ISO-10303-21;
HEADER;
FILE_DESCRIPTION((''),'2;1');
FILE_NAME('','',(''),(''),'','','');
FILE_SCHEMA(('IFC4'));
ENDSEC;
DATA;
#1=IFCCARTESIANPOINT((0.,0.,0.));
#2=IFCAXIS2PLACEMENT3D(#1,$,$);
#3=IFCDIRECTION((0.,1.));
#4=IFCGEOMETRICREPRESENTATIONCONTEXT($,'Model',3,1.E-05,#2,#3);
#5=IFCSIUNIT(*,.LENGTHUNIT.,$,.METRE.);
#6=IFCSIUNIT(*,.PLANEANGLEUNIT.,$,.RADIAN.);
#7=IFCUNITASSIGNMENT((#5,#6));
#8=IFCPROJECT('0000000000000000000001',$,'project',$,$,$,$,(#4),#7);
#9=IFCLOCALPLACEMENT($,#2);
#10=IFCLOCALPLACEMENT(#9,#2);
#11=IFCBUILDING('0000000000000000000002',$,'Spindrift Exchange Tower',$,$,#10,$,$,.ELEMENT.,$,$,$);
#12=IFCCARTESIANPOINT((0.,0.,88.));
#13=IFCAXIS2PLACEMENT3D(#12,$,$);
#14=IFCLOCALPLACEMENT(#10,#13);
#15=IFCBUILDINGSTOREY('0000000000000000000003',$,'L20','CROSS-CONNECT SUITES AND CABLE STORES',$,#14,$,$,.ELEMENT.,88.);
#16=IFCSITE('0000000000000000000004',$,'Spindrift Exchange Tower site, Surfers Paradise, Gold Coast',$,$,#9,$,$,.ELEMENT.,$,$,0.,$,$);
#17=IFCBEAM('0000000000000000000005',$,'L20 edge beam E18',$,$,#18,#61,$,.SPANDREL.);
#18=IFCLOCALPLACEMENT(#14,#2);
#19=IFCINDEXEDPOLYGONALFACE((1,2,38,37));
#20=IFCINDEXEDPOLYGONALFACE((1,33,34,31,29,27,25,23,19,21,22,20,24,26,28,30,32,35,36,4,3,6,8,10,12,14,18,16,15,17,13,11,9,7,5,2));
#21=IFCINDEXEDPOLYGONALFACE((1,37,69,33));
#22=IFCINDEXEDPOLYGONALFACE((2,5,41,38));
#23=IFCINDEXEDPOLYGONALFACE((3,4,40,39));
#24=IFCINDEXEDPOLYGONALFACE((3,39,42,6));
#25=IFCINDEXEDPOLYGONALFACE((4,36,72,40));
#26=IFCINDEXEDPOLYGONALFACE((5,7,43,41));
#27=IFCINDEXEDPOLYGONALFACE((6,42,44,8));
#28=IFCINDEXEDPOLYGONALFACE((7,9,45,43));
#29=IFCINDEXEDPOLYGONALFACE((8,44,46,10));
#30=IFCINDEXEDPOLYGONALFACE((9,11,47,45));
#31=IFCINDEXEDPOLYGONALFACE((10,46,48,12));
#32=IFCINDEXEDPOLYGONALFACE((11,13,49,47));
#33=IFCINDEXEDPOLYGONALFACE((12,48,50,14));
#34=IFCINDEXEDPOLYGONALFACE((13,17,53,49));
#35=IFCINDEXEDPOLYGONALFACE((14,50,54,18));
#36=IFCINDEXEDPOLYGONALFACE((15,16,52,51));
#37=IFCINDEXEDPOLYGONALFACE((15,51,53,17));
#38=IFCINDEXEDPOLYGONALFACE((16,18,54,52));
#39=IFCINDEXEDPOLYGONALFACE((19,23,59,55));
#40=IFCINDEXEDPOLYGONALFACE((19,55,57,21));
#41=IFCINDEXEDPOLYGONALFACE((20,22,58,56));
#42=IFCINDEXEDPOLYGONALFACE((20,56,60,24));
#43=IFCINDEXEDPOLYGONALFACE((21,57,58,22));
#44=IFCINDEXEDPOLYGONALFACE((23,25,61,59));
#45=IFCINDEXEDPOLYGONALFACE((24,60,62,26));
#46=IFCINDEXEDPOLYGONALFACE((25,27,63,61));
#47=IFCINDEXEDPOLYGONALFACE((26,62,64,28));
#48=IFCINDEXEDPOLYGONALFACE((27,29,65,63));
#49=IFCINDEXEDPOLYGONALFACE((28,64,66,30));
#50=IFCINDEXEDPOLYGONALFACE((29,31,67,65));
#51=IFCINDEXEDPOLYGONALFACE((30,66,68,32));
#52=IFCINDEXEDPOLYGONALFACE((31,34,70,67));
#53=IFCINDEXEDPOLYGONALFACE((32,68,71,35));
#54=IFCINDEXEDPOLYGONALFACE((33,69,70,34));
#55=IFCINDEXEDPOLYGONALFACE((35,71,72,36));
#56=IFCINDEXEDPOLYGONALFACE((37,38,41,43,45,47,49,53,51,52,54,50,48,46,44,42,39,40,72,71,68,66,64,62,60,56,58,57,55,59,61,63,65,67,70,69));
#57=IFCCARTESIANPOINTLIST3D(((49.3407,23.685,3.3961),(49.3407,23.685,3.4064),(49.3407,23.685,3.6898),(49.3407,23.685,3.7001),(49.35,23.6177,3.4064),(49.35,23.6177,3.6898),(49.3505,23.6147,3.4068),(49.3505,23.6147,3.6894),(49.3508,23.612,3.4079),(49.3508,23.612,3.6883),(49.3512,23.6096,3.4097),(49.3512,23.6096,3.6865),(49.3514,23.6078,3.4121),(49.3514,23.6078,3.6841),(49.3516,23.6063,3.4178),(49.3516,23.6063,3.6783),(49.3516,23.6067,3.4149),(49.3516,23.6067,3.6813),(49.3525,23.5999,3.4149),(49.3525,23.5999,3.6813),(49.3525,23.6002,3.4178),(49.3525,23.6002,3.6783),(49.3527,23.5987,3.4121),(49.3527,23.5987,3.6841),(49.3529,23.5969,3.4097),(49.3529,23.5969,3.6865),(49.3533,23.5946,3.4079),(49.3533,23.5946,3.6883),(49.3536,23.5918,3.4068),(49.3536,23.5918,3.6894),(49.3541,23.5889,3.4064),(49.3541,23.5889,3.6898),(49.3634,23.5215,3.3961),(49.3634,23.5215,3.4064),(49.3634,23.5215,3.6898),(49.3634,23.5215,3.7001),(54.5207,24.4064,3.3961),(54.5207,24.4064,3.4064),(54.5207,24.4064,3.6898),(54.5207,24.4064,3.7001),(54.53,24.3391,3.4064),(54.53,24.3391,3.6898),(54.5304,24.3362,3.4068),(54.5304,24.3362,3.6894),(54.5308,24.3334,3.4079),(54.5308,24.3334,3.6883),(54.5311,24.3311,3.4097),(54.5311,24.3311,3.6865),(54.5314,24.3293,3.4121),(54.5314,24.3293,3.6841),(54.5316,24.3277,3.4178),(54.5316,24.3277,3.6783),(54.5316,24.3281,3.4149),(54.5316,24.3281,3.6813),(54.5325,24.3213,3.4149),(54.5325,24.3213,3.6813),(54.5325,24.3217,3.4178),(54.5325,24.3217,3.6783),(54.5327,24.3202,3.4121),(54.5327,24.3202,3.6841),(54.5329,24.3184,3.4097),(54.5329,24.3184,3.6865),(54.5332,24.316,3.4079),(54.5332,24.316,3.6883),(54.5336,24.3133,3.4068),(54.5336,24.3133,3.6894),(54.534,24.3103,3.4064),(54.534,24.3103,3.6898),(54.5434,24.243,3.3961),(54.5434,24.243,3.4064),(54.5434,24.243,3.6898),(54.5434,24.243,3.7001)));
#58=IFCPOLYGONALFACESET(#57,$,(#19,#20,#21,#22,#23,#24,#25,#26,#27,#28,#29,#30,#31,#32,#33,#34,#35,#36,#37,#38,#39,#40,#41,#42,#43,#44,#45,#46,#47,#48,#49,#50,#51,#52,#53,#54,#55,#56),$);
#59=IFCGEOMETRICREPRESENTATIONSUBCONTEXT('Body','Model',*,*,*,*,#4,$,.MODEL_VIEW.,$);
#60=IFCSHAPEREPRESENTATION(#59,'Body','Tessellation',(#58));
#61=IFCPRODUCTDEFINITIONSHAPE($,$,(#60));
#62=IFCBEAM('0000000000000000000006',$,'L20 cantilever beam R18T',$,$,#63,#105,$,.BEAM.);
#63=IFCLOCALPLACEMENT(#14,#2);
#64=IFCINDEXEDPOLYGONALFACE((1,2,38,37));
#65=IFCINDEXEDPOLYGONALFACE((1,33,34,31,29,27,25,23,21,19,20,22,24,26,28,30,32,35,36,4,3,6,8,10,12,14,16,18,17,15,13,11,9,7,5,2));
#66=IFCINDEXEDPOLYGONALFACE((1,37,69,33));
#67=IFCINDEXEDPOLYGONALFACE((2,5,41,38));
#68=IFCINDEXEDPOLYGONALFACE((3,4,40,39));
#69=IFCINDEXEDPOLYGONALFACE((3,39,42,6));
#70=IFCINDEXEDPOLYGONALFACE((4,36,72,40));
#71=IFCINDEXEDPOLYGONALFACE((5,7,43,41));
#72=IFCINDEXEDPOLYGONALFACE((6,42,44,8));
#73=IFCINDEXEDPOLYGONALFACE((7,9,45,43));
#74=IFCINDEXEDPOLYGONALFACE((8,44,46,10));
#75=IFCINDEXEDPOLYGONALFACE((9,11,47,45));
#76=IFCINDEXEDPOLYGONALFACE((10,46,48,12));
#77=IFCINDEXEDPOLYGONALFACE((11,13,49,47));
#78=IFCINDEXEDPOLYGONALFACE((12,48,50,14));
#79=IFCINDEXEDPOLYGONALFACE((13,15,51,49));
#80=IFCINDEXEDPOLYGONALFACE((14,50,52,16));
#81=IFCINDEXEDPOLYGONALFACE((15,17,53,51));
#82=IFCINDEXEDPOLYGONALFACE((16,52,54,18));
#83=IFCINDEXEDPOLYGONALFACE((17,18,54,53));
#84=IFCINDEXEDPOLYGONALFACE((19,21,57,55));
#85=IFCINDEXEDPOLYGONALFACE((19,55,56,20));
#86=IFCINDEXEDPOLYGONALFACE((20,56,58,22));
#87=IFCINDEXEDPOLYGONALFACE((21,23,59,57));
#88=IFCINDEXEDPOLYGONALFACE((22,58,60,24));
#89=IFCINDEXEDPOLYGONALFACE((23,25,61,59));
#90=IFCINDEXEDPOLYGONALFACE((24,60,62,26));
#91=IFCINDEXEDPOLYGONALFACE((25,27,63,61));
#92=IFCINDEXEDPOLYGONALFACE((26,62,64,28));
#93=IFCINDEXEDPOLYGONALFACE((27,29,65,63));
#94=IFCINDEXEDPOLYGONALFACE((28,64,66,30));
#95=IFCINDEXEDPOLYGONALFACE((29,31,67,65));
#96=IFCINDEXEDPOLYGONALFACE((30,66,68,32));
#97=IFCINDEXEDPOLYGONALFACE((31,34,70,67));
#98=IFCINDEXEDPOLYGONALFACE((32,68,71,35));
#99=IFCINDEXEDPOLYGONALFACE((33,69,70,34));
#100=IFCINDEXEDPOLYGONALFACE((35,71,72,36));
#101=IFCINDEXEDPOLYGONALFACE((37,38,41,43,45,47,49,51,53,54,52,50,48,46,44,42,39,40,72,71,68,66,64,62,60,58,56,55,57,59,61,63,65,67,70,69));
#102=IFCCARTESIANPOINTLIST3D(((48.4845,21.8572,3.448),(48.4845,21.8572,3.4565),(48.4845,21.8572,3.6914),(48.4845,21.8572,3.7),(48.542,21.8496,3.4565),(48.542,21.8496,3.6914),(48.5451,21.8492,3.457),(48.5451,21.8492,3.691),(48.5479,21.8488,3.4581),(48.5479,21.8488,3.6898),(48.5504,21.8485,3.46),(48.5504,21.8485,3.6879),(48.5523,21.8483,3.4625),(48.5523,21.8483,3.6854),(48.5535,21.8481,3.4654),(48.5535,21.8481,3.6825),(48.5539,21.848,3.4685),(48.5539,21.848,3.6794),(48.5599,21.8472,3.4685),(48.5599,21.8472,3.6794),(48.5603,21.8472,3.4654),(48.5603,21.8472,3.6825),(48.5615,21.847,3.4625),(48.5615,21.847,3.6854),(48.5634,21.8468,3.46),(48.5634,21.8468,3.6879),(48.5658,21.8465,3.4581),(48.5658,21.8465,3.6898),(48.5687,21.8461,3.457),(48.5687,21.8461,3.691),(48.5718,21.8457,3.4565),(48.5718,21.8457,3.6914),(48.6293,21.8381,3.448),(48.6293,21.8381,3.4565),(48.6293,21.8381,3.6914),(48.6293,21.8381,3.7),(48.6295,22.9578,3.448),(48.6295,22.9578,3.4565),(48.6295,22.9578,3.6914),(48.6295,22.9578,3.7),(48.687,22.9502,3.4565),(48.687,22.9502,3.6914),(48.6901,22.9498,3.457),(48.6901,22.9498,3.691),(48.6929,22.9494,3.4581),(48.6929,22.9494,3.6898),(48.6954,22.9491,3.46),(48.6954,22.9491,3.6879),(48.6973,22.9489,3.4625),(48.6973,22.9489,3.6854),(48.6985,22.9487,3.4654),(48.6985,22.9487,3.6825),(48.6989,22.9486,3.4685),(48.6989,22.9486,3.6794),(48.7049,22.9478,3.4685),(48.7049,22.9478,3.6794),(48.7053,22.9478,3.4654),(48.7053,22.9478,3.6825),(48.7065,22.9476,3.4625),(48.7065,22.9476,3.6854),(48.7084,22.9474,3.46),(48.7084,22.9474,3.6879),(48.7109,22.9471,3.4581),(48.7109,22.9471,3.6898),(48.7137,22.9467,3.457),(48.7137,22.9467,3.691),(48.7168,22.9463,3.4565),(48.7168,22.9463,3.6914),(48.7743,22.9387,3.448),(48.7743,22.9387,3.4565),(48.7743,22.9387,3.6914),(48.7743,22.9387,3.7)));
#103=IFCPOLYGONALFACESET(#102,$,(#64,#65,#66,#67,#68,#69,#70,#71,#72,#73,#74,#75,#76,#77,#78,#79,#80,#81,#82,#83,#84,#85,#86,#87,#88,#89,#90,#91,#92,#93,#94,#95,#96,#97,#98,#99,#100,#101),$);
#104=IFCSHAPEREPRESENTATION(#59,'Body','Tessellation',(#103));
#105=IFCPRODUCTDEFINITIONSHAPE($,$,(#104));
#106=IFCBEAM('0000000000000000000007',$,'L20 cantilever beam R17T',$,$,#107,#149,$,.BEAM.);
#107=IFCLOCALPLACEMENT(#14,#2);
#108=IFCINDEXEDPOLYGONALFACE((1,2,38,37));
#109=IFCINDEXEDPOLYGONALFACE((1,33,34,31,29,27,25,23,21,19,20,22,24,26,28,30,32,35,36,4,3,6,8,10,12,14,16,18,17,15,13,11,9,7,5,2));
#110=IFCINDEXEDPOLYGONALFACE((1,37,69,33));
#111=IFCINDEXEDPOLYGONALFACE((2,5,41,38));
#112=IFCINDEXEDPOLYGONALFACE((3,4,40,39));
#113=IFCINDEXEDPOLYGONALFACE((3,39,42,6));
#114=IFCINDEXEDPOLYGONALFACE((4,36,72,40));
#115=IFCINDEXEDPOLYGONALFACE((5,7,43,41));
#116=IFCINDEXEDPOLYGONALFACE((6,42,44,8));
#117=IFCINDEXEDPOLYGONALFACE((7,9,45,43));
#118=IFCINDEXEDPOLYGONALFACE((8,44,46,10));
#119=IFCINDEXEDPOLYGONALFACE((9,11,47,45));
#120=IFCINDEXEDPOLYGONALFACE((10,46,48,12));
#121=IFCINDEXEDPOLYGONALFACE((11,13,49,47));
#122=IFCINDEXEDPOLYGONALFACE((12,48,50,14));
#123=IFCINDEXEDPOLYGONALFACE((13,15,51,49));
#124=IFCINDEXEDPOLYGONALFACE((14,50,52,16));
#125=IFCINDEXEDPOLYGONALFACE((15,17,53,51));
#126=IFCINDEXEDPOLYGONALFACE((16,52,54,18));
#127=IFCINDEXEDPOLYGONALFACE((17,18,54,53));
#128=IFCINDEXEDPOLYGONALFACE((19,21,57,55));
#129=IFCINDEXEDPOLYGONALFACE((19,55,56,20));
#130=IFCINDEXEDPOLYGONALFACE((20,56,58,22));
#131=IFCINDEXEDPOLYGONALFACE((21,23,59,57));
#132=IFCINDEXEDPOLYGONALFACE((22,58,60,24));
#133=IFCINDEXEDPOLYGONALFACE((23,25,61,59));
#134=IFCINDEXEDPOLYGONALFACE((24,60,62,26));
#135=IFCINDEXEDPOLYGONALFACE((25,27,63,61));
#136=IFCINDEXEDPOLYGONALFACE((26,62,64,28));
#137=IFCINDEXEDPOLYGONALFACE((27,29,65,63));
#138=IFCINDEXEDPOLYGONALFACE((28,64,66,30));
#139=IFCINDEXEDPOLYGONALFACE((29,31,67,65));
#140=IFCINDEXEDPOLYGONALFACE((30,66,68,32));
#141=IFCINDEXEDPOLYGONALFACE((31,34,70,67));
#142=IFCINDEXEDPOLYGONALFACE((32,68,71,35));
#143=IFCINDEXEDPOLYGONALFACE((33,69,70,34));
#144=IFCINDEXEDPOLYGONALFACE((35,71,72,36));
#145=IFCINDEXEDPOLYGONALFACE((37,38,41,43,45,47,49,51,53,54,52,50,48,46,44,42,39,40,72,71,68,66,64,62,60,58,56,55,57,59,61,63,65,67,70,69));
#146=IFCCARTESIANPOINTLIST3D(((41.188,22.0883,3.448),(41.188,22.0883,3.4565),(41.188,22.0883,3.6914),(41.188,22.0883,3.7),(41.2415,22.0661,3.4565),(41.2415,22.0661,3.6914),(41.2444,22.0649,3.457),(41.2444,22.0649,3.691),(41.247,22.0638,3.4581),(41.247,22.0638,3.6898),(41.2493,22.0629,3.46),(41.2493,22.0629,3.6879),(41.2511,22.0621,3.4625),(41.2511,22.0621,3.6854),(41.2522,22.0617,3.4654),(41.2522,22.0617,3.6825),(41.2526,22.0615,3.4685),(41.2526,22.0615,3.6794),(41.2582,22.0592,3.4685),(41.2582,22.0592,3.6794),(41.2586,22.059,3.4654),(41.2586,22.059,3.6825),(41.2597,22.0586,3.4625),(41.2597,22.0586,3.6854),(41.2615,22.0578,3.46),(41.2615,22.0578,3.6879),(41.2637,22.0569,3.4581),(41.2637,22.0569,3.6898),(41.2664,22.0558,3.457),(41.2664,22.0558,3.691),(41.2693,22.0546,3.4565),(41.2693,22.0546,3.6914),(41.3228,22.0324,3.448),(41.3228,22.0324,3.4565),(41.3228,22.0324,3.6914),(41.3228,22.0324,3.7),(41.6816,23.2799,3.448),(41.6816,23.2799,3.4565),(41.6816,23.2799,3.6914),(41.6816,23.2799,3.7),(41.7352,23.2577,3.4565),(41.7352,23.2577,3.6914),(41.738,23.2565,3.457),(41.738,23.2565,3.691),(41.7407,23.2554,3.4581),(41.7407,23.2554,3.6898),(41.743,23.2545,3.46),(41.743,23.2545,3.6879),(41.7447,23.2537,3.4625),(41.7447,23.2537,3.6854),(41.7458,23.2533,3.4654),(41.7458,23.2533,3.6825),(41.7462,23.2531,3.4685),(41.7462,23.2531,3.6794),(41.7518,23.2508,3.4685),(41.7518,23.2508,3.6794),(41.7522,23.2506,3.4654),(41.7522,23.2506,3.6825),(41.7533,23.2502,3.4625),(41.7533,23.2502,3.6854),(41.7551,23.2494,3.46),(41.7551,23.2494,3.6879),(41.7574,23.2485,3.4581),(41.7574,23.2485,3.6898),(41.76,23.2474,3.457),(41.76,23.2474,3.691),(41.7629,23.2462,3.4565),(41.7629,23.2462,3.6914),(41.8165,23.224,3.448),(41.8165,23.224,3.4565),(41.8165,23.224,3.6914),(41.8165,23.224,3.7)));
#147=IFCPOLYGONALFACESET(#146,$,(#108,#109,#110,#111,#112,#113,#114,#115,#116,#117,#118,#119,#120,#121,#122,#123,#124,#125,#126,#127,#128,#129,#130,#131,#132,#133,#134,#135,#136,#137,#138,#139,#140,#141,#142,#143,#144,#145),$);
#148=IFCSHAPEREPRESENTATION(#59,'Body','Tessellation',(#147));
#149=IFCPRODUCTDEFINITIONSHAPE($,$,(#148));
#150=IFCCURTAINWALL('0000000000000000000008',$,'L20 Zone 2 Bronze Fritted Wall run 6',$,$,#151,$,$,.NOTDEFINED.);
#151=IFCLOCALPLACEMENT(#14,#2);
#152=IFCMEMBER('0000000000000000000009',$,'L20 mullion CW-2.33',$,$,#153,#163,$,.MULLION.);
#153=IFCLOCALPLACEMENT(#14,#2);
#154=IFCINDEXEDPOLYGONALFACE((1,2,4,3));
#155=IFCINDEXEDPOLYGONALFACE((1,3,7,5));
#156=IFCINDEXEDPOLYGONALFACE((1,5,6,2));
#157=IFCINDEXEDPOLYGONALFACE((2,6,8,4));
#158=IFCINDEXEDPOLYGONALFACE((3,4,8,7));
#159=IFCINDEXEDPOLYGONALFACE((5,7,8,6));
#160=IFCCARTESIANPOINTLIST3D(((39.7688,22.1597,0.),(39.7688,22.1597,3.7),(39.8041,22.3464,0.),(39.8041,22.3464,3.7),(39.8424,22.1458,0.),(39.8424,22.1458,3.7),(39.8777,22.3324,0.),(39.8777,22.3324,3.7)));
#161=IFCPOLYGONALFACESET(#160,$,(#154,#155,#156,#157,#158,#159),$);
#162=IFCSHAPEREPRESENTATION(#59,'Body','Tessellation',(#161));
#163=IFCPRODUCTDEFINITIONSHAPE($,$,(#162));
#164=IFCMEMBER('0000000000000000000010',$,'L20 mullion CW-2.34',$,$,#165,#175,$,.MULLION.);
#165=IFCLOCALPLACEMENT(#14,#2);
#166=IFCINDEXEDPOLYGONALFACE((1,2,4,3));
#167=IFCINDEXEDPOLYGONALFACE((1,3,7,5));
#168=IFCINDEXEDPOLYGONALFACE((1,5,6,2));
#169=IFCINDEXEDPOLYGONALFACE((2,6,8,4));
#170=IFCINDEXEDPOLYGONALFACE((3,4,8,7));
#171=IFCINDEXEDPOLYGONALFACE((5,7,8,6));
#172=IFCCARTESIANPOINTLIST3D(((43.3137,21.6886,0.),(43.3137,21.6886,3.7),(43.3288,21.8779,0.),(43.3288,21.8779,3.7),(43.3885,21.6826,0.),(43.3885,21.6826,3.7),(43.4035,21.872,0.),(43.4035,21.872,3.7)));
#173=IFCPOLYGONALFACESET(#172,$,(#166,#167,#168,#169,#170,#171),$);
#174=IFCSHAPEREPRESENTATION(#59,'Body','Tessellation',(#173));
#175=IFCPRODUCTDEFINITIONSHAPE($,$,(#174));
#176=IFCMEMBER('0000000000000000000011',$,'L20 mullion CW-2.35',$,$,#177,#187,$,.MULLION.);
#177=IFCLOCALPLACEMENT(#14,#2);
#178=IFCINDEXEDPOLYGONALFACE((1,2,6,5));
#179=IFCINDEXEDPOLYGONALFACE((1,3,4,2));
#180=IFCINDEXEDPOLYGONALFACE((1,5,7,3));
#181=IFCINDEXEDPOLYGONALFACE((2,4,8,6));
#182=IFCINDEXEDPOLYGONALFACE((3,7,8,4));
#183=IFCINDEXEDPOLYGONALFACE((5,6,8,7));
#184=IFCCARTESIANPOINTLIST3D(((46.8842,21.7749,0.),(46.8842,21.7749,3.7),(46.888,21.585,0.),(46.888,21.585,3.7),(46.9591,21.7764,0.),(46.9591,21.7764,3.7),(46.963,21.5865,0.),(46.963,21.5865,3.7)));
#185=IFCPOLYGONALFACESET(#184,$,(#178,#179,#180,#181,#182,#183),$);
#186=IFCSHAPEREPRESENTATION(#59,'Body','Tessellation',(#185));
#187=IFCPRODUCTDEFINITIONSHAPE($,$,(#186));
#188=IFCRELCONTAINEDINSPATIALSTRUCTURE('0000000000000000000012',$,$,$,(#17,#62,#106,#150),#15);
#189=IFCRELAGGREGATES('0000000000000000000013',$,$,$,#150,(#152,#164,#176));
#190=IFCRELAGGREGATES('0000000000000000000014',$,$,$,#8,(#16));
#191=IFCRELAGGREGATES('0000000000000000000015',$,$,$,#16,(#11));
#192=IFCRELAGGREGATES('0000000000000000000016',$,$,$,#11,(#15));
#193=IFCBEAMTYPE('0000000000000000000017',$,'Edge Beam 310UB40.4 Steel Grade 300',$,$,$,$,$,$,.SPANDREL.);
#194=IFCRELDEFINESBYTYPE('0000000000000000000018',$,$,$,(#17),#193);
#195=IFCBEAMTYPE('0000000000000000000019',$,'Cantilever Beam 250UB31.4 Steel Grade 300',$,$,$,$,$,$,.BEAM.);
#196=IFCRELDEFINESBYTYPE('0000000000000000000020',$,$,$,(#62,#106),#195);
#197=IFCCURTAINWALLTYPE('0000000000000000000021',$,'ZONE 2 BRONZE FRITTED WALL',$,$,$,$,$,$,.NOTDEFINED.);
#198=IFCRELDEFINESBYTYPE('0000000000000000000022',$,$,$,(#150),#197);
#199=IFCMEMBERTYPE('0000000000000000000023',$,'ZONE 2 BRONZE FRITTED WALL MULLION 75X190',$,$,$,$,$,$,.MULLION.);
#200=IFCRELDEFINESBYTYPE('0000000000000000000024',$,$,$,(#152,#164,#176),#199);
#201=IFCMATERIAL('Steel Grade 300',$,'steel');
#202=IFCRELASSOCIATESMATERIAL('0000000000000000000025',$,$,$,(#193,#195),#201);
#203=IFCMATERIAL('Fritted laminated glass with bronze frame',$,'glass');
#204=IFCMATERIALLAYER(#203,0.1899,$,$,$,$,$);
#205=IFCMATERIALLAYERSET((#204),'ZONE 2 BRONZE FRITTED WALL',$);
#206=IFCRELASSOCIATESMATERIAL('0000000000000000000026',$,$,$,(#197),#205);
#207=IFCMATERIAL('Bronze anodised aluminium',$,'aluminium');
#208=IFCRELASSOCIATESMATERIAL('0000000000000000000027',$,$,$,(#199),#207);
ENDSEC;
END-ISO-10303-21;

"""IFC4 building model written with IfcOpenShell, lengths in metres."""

from ifc_helpers import new_model, si_unit, direction, frame, origin, origin_2d, place, context, subcontext, project, spatial, rectangle, i_section, extrude, source, transform, mapped, material, layer, layer_set, material_profile, profile_set, type_object, element, aggregate, save


model = new_model("IFC4")

# Units and contexts
model_context = context("Model", 3, precision=1e-05, world=origin(), true_north=direction((0.0, 1.0)))
body_context = subcontext(model_context, "Body", "Model", "MODEL_VIEW")
ifc_project = project(units=[si_unit("LENGTHUNIT", "METRE"), si_unit("PLANEANGLEUNIT", "RADIAN")], contexts=[model_context])

# Site, building, storey
site_placement = place(None, origin())
site = spatial("IfcSite", under=ifc_project, at=site_placement, Name="Spindrift Exchange Tower site, Surfers Paradise, Gold Coast", CompositionType="ELEMENT", RefElevation=0.0)
building_placement = place(site_placement, origin())
building = spatial("IfcBuilding", under=site, at=building_placement, Name="Spindrift Exchange Tower", CompositionType="ELEMENT")
storey_placement = place(building_placement, frame((0.0, 0.0, 88.0)))
storey = spatial("IfcBuildingStorey", under=building, at=storey_placement, Name="L20", Description="CROSS-CONNECT SUITES AND CABLE STORES", CompositionType="ELEMENT", Elevation=88.0)

# Beams
ifc_material_1 = material(Name="Steel Grade 300", Category="steel")
ifc_material_profile_1 = material_profile(ifc_material_1, i_section(OverallWidth=0.165, OverallDepth=0.304, WebThickness=0.0061, FlangeThickness=0.0103, FilletRadius=0.0115, at=origin_2d()), Name="310UB40.4")
ifc_profile_set_1 = profile_set([ifc_material_profile_1], Name="Steel Grade 300")
beam_type_1 = type_object("IfcBeamType", Name="Edge Beam 310UB40.4 Steel Grade 300", PredefinedType="SPANDREL", material=ifc_profile_set_1)
shared_shape_1 = source(origin(), body_context, "Body", "SweptSolid", [
    extrude(i_section(OverallWidth=0.165, OverallDepth=0.304, WebThickness=0.0061, FlangeThickness=0.0103, FilletRadius=0.0115, at=origin_2d()), origin(), (0.0, 0.0, 1.0), 5.23),
])
beam_1_placement = place(storey_placement, frame((49.3521, 23.6033, 3.5481), z_axis=(0.99044, 0.137944, 0.0), x_axis=(-0.137944, 0.99044, 0.0)))
element("IfcBeam", 1, at=beam_1_placement, inside=storey, type_object=beam_type_1, Name="L20 edge beam E18", PredefinedType="SPANDREL", context=body_context, shape_type="MappedRepresentation", body=[
    mapped(shared_shape_1, transform((0.0, 0.0, 0.0), scale=1.0)),
])
ifc_material_profile_2 = material_profile(ifc_material_1, i_section(OverallWidth=0.146, OverallDepth=0.252, WebThickness=0.0061, FlangeThickness=0.0085, FilletRadius=0.012, at=origin_2d()), Name="250UB31.4")
ifc_profile_set_2 = profile_set([ifc_material_profile_2], Name="Steel Grade 300")
beam_type_2 = type_object("IfcBeamType", Name="Cantilever Beam 250UB31.4 Steel Grade 300", PredefinedType="BEAM", material=ifc_profile_set_2)
shared_shape_2 = source(origin(), body_context, "Body", "SweptSolid", [
    extrude(i_section(OverallWidth=0.146, OverallDepth=0.252, WebThickness=0.0061, FlangeThickness=0.0085, FilletRadius=0.012, at=origin_2d()), origin(), (0.0, 0.0, 1.0), 1.1101),
])
beam_2_placement = place(storey_placement, frame((48.7019, 22.9482, 3.574), z_axis=(-0.130637, -0.99143, 0.0), x_axis=(0.99143, -0.130637, 0.0)))
element("IfcBeam", 2, at=beam_2_placement, inside=storey, type_object=beam_type_2, Name="L20 cantilever beam R18T", PredefinedType="BEAM", context=body_context, shape_type="MappedRepresentation", body=[
    mapped(shared_shape_2, transform((0.0, 0.0, 0.0), scale=1.0)),
])
shared_shape_3 = source(origin(), body_context, "Body", "SweptSolid", [
    extrude(i_section(OverallWidth=0.146, OverallDepth=0.252, WebThickness=0.0061, FlangeThickness=0.0085, FilletRadius=0.012, at=origin_2d()), origin(), (0.0, 0.0, 1.0), 1.2898),
])
beam_3_placement = place(storey_placement, frame((41.749, 23.252, 3.574), z_axis=(-0.38272, -0.923865, 0.0), x_axis=(0.923865, -0.38272, 0.0)))
element("IfcBeam", 3, at=beam_3_placement, inside=storey, type_object=beam_type_2, Name="L20 cantilever beam R17T", PredefinedType="BEAM", context=body_context, shape_type="MappedRepresentation", body=[
    mapped(shared_shape_3, transform((0.0, 0.0, 0.0), scale=1.0)),
])

# Curtain wall, members
ifc_material_2 = material(Name="Fritted laminated glass with bronze frame", Category="glass")
ifc_layer_1 = layer(ifc_material_2, 0.1899)
ifc_layer_set_1 = layer_set([ifc_layer_1], Name="ZONE 2 BRONZE FRITTED WALL")
curtain_wall_type = type_object("IfcCurtainWallType", Name="ZONE 2 BRONZE FRITTED WALL", PredefinedType="NOTDEFINED", material=ifc_layer_set_1)
curtain_wall_placement = place(storey_placement, origin())
curtain_wall = element("IfcCurtainWall", 4, at=curtain_wall_placement, inside=storey, type_object=curtain_wall_type, Name="L20 Zone 2 Bronze Fritted Wall run 6", PredefinedType="NOTDEFINED")
ifc_material_3 = material(Name="Bronze anodised aluminium", Category="aluminium")
ifc_material_profile_3 = material_profile(ifc_material_3, rectangle(XDim=0.075, YDim=0.1899, at=origin_2d()), Name="ZONE 2 BRONZE FRITTED WALL MULLION 75X190")
ifc_profile_set_3 = profile_set([ifc_material_profile_3], Name="Bronze anodised aluminium")
member_type_1 = type_object("IfcMemberType", Name="ZONE 2 BRONZE FRITTED WALL MULLION 75X190", PredefinedType="MULLION", material=ifc_profile_set_3)
shared_shape_4 = source(origin(), body_context, "Body", "SweptSolid", [
    extrude(rectangle(XDim=0.075, YDim=0.1899, at=origin_2d()), origin(), (0.0, 0.0, 1.0), 3.7),
])
member_1_placement = place(storey_placement, frame((39.8232, 22.2461, 0.0), z_axis=(0.0, 0.0, 1.0), x_axis=(0.982569, -0.185899, 0.0)))
member_1 = element("IfcMember", 5, at=member_1_placement, type_object=member_type_1, Name="L20 mullion CW-2.33", PredefinedType="MULLION", context=body_context, shape_type="MappedRepresentation", body=[
    mapped(shared_shape_4, transform((0.0, 0.0, 0.0), scale=1.0)),
])
member_2_placement = place(storey_placement, frame((43.3586, 21.7803, 0.0), z_axis=(0.0, 0.0, 1.0), x_axis=(0.996843, -0.079394, 0.0)))
member_2 = element("IfcMember", 6, at=member_2_placement, type_object=member_type_1, Name="L20 mullion CW-2.34", PredefinedType="MULLION", context=body_context, shape_type="MappedRepresentation", body=[
    mapped(shared_shape_4, transform((0.0, 0.0, 0.0), scale=1.0)),
])
member_3_placement = place(storey_placement, frame((46.9236, 21.6807, 0.0), z_axis=(0.0, 0.0, 1.0), x_axis=(0.999796, 0.020211, 0.0)))
member_3 = element("IfcMember", 7, at=member_3_placement, type_object=member_type_1, Name="L20 mullion CW-2.35", PredefinedType="MULLION", context=body_context, shape_type="MappedRepresentation", body=[
    mapped(shared_shape_4, transform((0.0, 0.0, 0.0), scale=1.0)),
])
aggregate(curtain_wall, [member_1, member_2, member_3])

save(model, "model.ifc")
